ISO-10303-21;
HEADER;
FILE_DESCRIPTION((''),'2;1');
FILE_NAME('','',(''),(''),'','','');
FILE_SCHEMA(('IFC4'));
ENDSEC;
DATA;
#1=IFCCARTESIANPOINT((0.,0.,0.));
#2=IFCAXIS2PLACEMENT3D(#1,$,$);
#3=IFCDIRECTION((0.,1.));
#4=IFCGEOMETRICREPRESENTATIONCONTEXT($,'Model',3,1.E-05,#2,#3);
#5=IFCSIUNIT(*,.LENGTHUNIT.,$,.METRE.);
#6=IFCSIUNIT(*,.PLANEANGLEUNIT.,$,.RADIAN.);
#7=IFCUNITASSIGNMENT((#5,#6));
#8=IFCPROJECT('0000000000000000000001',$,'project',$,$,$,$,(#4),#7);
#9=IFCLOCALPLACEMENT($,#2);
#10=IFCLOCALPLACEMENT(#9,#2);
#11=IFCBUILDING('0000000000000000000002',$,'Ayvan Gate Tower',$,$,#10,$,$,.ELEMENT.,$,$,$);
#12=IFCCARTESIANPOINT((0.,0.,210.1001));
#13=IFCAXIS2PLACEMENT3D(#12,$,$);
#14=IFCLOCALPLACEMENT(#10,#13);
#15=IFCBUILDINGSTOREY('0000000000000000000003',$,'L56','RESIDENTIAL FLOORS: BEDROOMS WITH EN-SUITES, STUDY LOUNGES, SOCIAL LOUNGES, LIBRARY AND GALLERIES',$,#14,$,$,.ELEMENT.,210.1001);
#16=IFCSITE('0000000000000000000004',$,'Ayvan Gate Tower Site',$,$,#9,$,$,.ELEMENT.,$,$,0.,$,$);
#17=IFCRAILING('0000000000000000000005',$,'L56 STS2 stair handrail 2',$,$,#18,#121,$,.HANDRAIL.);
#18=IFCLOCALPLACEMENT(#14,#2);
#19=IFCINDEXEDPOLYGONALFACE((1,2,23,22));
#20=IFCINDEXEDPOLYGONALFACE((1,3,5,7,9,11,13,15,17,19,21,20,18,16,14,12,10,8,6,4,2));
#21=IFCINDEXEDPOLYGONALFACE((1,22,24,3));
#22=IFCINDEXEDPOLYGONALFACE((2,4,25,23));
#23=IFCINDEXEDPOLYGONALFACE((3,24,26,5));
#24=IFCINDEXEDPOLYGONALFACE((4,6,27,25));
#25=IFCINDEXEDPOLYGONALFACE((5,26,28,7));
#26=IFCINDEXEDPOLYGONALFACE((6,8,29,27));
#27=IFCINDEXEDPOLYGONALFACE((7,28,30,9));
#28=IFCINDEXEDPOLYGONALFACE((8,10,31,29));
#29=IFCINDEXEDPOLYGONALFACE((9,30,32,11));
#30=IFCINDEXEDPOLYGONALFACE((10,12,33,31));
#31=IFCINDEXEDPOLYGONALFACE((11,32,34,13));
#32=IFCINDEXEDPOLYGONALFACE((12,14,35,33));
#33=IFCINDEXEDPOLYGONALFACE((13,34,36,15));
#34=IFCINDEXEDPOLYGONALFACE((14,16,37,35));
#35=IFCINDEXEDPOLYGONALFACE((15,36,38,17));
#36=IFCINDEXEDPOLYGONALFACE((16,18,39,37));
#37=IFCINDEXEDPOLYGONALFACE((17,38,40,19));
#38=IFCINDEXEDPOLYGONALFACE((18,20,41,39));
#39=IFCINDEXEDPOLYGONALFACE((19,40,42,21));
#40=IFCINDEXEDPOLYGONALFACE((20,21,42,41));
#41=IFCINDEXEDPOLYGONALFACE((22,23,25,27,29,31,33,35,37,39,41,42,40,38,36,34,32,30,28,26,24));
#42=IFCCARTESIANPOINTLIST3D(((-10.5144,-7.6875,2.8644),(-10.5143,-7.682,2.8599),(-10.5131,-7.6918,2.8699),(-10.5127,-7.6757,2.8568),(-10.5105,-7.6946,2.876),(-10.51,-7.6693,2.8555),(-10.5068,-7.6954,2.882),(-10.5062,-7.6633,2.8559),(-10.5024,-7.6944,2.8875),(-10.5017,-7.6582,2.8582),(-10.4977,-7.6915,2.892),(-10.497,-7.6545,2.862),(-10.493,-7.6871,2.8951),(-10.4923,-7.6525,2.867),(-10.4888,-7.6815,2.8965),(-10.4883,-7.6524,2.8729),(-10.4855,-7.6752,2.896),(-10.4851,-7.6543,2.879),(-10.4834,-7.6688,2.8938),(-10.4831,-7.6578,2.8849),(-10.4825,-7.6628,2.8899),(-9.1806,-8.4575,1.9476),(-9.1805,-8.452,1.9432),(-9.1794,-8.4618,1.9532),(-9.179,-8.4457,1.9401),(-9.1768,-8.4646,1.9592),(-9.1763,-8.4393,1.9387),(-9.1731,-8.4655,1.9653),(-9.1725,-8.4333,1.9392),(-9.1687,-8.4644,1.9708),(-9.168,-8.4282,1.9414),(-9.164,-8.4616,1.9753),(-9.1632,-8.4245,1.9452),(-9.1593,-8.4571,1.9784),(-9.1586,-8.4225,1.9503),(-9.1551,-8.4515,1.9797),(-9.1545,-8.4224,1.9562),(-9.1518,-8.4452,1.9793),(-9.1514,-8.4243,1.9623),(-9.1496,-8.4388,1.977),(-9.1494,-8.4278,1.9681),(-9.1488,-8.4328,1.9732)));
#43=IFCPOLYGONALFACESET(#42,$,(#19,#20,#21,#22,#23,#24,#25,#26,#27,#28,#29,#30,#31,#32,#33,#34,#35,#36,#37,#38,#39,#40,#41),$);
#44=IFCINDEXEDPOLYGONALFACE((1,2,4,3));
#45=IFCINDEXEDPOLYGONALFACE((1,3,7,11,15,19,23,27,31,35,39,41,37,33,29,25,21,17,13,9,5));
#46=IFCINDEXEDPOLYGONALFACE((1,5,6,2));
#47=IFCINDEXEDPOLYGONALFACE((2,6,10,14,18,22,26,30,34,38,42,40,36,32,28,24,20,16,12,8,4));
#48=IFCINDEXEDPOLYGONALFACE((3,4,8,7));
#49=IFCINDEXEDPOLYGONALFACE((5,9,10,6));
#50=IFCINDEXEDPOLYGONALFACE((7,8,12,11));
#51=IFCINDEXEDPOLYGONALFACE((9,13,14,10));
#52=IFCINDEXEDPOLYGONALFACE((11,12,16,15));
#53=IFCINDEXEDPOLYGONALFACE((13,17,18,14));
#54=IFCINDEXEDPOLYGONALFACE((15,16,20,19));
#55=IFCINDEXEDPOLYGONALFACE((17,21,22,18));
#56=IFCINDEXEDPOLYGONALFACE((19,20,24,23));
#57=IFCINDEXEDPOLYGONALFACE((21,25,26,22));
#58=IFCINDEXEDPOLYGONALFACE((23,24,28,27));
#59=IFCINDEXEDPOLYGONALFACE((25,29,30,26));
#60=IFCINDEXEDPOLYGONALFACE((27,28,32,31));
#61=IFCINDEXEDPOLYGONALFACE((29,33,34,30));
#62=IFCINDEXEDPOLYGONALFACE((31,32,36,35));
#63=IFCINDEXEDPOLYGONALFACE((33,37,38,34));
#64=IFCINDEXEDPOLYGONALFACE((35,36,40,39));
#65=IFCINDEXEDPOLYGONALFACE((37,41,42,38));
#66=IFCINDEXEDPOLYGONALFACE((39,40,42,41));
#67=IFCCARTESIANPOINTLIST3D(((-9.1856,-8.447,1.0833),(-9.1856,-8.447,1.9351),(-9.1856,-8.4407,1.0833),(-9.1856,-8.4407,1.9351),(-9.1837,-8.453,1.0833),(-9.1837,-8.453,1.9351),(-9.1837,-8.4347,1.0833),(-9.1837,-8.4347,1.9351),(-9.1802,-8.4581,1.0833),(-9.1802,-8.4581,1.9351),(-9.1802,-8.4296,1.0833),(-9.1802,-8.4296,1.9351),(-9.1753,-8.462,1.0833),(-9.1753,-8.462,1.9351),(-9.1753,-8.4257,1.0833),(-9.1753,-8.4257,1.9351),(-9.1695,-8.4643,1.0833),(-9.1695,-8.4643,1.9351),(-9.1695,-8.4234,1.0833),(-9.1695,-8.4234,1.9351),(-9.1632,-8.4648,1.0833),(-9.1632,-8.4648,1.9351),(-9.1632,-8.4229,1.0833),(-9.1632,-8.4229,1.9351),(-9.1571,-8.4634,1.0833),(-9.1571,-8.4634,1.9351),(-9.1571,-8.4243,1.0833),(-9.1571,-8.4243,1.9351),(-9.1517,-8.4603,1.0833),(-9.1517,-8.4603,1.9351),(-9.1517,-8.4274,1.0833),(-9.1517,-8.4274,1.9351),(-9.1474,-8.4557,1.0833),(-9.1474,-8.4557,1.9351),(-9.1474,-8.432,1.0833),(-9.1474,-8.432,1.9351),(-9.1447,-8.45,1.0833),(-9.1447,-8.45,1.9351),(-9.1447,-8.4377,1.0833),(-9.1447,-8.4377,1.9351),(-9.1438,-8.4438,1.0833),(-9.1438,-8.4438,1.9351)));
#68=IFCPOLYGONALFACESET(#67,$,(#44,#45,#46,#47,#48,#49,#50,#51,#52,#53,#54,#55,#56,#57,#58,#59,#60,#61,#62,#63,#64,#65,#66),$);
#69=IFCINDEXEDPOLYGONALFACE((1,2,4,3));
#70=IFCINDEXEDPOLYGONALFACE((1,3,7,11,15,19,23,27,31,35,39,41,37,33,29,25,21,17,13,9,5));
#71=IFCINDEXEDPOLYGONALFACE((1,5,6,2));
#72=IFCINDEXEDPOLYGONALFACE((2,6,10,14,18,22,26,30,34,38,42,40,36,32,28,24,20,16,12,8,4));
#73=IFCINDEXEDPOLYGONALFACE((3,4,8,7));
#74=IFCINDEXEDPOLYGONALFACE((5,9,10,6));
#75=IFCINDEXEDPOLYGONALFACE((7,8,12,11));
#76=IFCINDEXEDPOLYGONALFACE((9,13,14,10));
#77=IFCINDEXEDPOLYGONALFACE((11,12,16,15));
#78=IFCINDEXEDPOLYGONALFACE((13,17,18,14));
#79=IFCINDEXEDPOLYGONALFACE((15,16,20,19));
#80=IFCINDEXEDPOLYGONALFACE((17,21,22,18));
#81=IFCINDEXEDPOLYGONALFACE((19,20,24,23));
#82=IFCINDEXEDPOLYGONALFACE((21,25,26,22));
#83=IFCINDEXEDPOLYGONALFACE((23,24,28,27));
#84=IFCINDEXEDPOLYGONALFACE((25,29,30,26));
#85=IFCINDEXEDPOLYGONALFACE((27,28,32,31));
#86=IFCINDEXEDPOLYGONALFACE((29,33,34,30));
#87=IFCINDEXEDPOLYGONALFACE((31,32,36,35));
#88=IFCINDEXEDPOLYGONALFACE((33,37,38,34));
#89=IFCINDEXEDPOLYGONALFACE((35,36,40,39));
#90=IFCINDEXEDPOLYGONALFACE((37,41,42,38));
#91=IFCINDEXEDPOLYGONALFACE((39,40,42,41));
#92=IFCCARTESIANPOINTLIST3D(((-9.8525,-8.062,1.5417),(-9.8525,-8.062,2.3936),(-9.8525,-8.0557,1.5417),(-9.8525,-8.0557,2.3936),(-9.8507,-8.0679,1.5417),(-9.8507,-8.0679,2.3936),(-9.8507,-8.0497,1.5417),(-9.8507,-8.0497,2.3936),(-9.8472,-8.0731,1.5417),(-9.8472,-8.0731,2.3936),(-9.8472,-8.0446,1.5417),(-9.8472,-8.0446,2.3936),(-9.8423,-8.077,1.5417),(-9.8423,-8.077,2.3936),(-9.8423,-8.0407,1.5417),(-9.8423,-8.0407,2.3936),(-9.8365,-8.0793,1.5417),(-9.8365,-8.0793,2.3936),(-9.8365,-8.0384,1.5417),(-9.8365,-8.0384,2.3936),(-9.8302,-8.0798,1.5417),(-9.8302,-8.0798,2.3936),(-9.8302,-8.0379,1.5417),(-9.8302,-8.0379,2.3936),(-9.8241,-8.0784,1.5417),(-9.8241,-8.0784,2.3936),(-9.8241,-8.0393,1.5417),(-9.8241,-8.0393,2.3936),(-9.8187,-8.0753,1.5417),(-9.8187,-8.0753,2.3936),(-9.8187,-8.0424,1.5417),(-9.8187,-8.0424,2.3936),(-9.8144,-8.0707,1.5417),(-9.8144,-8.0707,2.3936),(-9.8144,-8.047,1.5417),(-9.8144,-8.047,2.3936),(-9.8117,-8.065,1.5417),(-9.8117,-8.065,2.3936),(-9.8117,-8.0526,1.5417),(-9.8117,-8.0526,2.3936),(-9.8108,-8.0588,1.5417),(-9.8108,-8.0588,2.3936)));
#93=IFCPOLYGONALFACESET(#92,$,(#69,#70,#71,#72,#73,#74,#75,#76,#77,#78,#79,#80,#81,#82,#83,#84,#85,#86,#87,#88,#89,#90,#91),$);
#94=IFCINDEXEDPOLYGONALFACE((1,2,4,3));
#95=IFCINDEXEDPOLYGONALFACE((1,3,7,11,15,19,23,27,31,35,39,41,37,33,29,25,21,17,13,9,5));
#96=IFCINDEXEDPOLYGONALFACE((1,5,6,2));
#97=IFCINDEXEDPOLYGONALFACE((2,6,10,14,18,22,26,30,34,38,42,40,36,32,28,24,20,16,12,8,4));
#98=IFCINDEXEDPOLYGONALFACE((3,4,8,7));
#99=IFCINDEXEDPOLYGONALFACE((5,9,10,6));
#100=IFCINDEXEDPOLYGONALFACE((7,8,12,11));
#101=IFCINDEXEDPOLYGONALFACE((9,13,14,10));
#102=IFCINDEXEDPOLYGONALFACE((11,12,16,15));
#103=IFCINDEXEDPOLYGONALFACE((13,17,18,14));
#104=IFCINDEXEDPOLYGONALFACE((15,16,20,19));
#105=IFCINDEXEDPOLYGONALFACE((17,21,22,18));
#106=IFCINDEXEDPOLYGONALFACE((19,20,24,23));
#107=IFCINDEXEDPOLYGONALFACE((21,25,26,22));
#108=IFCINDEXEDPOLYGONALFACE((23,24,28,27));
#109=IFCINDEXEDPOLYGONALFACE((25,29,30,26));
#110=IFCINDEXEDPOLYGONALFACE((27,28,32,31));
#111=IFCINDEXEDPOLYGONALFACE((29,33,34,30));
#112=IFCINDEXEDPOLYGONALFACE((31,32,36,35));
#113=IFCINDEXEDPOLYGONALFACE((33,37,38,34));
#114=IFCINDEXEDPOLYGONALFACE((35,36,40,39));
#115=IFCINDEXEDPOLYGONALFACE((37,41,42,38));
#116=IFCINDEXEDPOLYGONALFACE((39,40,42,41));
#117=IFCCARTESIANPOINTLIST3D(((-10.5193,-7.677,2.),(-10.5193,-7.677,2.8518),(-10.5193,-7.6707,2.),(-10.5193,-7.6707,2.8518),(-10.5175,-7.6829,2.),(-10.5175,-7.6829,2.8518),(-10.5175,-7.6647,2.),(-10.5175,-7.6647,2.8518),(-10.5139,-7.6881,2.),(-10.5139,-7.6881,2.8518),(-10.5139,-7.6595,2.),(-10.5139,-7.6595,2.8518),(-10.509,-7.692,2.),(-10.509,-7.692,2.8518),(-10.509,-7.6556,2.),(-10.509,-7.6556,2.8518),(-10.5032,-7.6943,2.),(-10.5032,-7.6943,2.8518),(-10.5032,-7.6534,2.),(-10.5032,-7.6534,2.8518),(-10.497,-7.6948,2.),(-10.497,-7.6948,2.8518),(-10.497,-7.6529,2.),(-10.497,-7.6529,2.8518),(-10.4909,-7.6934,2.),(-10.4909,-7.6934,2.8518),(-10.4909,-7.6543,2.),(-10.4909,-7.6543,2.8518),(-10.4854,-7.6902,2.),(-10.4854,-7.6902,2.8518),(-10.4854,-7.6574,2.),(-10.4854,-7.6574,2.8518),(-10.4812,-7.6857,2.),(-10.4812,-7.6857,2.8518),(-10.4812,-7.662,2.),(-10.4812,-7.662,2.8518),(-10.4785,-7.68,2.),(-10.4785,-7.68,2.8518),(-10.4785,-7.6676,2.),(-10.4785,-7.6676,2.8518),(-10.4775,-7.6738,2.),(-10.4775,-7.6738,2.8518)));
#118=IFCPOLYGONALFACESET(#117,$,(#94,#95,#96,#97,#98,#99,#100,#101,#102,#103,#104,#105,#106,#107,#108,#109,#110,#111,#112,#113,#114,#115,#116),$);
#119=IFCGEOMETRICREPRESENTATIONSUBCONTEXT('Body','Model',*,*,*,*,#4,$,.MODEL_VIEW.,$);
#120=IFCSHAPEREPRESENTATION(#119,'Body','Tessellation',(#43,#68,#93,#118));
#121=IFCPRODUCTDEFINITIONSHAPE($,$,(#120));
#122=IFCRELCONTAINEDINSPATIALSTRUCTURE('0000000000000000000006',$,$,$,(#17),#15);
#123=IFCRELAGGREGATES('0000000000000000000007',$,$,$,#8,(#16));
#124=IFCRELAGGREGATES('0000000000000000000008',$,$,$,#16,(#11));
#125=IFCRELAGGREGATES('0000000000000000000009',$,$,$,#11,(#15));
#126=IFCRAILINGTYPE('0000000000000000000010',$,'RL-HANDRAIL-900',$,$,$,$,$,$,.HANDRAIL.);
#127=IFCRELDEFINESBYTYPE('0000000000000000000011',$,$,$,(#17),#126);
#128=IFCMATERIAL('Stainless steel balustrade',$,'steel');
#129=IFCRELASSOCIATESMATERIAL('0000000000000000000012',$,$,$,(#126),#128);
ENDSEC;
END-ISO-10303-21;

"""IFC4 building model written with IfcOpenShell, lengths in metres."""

from ifc_helpers import new_model, si_unit, direction, frame, origin, origin_2d, place, context, subcontext, project, spatial, circle, extrude, material, type_object, element, save


model = new_model("IFC4")

# Units and contexts
model_context = context("Model", 3, precision=1e-05, world=origin(), true_north=direction((0.0, 1.0)))
body_context = subcontext(model_context, "Body", "Model", "MODEL_VIEW")
ifc_project = project(units=[si_unit("LENGTHUNIT", "METRE"), si_unit("PLANEANGLEUNIT", "RADIAN")], contexts=[model_context])

# Site, building, storey
site_placement = place(None, origin())
site = spatial("IfcSite", under=ifc_project, at=site_placement, Name="Ayvan Gate Tower Site", CompositionType="ELEMENT", RefElevation=0.0)
building_placement = place(site_placement, origin())
building = spatial("IfcBuilding", under=site, at=building_placement, Name="Ayvan Gate Tower", CompositionType="ELEMENT")
storey_placement = place(building_placement, frame((0.0, 0.0, 210.1001)))
storey = spatial("IfcBuildingStorey", under=building, at=storey_placement, Name="L56", Description="RESIDENTIAL FLOORS: BEDROOMS WITH EN-SUITES, STUDY LOUNGES, SOCIAL LOUNGES, LIBRARY AND GALLERIES", CompositionType="ELEMENT", Elevation=210.1001)

# Railing
ifc_material_1 = material(Name="Stainless steel balustrade", Category="steel")
railing_type_1 = type_object("IfcRailingType", Name="RL-HANDRAIL-900", PredefinedType="HANDRAIL", material=ifc_material_1)
for number, where, name in (
    (1, (-9.1648, -8.4438, 1.0833), "L56 STS2 stair handrail 2"),
):
    element("IfcRailing", number, at=place(storey_placement, frame(where)), inside=storey, type_object=railing_type_1, Name=name, PredefinedType="HANDRAIL", context=body_context, shape_type="SweptSolid", body=[
        extrude(circle(Radius=0.0239, at=origin_2d()), frame((0.0, 0.0, 0.876), z_axis=(-0.744164, 0.429634, 0.511502), x_axis=(-0.499992, -0.86603, 0.0)), (0.0, 0.0, 1.0), 1.7922),
        extrude(circle(Radius=0.021, at=origin_2d()), origin(), (0.0, 0.0, 1.0), 0.8518),
        extrude(circle(Radius=0.021, at=origin_2d()), frame((-0.667, 0.385, 0.4585)), (0.0, 0.0, 1.0), 0.8518),
        extrude(circle(Radius=0.021, at=origin_2d()), frame((-1.3337, 0.77, 0.9167)), (0.0, 0.0, 1.0), 0.8518),
    ])

save(model, "model.ifc")
